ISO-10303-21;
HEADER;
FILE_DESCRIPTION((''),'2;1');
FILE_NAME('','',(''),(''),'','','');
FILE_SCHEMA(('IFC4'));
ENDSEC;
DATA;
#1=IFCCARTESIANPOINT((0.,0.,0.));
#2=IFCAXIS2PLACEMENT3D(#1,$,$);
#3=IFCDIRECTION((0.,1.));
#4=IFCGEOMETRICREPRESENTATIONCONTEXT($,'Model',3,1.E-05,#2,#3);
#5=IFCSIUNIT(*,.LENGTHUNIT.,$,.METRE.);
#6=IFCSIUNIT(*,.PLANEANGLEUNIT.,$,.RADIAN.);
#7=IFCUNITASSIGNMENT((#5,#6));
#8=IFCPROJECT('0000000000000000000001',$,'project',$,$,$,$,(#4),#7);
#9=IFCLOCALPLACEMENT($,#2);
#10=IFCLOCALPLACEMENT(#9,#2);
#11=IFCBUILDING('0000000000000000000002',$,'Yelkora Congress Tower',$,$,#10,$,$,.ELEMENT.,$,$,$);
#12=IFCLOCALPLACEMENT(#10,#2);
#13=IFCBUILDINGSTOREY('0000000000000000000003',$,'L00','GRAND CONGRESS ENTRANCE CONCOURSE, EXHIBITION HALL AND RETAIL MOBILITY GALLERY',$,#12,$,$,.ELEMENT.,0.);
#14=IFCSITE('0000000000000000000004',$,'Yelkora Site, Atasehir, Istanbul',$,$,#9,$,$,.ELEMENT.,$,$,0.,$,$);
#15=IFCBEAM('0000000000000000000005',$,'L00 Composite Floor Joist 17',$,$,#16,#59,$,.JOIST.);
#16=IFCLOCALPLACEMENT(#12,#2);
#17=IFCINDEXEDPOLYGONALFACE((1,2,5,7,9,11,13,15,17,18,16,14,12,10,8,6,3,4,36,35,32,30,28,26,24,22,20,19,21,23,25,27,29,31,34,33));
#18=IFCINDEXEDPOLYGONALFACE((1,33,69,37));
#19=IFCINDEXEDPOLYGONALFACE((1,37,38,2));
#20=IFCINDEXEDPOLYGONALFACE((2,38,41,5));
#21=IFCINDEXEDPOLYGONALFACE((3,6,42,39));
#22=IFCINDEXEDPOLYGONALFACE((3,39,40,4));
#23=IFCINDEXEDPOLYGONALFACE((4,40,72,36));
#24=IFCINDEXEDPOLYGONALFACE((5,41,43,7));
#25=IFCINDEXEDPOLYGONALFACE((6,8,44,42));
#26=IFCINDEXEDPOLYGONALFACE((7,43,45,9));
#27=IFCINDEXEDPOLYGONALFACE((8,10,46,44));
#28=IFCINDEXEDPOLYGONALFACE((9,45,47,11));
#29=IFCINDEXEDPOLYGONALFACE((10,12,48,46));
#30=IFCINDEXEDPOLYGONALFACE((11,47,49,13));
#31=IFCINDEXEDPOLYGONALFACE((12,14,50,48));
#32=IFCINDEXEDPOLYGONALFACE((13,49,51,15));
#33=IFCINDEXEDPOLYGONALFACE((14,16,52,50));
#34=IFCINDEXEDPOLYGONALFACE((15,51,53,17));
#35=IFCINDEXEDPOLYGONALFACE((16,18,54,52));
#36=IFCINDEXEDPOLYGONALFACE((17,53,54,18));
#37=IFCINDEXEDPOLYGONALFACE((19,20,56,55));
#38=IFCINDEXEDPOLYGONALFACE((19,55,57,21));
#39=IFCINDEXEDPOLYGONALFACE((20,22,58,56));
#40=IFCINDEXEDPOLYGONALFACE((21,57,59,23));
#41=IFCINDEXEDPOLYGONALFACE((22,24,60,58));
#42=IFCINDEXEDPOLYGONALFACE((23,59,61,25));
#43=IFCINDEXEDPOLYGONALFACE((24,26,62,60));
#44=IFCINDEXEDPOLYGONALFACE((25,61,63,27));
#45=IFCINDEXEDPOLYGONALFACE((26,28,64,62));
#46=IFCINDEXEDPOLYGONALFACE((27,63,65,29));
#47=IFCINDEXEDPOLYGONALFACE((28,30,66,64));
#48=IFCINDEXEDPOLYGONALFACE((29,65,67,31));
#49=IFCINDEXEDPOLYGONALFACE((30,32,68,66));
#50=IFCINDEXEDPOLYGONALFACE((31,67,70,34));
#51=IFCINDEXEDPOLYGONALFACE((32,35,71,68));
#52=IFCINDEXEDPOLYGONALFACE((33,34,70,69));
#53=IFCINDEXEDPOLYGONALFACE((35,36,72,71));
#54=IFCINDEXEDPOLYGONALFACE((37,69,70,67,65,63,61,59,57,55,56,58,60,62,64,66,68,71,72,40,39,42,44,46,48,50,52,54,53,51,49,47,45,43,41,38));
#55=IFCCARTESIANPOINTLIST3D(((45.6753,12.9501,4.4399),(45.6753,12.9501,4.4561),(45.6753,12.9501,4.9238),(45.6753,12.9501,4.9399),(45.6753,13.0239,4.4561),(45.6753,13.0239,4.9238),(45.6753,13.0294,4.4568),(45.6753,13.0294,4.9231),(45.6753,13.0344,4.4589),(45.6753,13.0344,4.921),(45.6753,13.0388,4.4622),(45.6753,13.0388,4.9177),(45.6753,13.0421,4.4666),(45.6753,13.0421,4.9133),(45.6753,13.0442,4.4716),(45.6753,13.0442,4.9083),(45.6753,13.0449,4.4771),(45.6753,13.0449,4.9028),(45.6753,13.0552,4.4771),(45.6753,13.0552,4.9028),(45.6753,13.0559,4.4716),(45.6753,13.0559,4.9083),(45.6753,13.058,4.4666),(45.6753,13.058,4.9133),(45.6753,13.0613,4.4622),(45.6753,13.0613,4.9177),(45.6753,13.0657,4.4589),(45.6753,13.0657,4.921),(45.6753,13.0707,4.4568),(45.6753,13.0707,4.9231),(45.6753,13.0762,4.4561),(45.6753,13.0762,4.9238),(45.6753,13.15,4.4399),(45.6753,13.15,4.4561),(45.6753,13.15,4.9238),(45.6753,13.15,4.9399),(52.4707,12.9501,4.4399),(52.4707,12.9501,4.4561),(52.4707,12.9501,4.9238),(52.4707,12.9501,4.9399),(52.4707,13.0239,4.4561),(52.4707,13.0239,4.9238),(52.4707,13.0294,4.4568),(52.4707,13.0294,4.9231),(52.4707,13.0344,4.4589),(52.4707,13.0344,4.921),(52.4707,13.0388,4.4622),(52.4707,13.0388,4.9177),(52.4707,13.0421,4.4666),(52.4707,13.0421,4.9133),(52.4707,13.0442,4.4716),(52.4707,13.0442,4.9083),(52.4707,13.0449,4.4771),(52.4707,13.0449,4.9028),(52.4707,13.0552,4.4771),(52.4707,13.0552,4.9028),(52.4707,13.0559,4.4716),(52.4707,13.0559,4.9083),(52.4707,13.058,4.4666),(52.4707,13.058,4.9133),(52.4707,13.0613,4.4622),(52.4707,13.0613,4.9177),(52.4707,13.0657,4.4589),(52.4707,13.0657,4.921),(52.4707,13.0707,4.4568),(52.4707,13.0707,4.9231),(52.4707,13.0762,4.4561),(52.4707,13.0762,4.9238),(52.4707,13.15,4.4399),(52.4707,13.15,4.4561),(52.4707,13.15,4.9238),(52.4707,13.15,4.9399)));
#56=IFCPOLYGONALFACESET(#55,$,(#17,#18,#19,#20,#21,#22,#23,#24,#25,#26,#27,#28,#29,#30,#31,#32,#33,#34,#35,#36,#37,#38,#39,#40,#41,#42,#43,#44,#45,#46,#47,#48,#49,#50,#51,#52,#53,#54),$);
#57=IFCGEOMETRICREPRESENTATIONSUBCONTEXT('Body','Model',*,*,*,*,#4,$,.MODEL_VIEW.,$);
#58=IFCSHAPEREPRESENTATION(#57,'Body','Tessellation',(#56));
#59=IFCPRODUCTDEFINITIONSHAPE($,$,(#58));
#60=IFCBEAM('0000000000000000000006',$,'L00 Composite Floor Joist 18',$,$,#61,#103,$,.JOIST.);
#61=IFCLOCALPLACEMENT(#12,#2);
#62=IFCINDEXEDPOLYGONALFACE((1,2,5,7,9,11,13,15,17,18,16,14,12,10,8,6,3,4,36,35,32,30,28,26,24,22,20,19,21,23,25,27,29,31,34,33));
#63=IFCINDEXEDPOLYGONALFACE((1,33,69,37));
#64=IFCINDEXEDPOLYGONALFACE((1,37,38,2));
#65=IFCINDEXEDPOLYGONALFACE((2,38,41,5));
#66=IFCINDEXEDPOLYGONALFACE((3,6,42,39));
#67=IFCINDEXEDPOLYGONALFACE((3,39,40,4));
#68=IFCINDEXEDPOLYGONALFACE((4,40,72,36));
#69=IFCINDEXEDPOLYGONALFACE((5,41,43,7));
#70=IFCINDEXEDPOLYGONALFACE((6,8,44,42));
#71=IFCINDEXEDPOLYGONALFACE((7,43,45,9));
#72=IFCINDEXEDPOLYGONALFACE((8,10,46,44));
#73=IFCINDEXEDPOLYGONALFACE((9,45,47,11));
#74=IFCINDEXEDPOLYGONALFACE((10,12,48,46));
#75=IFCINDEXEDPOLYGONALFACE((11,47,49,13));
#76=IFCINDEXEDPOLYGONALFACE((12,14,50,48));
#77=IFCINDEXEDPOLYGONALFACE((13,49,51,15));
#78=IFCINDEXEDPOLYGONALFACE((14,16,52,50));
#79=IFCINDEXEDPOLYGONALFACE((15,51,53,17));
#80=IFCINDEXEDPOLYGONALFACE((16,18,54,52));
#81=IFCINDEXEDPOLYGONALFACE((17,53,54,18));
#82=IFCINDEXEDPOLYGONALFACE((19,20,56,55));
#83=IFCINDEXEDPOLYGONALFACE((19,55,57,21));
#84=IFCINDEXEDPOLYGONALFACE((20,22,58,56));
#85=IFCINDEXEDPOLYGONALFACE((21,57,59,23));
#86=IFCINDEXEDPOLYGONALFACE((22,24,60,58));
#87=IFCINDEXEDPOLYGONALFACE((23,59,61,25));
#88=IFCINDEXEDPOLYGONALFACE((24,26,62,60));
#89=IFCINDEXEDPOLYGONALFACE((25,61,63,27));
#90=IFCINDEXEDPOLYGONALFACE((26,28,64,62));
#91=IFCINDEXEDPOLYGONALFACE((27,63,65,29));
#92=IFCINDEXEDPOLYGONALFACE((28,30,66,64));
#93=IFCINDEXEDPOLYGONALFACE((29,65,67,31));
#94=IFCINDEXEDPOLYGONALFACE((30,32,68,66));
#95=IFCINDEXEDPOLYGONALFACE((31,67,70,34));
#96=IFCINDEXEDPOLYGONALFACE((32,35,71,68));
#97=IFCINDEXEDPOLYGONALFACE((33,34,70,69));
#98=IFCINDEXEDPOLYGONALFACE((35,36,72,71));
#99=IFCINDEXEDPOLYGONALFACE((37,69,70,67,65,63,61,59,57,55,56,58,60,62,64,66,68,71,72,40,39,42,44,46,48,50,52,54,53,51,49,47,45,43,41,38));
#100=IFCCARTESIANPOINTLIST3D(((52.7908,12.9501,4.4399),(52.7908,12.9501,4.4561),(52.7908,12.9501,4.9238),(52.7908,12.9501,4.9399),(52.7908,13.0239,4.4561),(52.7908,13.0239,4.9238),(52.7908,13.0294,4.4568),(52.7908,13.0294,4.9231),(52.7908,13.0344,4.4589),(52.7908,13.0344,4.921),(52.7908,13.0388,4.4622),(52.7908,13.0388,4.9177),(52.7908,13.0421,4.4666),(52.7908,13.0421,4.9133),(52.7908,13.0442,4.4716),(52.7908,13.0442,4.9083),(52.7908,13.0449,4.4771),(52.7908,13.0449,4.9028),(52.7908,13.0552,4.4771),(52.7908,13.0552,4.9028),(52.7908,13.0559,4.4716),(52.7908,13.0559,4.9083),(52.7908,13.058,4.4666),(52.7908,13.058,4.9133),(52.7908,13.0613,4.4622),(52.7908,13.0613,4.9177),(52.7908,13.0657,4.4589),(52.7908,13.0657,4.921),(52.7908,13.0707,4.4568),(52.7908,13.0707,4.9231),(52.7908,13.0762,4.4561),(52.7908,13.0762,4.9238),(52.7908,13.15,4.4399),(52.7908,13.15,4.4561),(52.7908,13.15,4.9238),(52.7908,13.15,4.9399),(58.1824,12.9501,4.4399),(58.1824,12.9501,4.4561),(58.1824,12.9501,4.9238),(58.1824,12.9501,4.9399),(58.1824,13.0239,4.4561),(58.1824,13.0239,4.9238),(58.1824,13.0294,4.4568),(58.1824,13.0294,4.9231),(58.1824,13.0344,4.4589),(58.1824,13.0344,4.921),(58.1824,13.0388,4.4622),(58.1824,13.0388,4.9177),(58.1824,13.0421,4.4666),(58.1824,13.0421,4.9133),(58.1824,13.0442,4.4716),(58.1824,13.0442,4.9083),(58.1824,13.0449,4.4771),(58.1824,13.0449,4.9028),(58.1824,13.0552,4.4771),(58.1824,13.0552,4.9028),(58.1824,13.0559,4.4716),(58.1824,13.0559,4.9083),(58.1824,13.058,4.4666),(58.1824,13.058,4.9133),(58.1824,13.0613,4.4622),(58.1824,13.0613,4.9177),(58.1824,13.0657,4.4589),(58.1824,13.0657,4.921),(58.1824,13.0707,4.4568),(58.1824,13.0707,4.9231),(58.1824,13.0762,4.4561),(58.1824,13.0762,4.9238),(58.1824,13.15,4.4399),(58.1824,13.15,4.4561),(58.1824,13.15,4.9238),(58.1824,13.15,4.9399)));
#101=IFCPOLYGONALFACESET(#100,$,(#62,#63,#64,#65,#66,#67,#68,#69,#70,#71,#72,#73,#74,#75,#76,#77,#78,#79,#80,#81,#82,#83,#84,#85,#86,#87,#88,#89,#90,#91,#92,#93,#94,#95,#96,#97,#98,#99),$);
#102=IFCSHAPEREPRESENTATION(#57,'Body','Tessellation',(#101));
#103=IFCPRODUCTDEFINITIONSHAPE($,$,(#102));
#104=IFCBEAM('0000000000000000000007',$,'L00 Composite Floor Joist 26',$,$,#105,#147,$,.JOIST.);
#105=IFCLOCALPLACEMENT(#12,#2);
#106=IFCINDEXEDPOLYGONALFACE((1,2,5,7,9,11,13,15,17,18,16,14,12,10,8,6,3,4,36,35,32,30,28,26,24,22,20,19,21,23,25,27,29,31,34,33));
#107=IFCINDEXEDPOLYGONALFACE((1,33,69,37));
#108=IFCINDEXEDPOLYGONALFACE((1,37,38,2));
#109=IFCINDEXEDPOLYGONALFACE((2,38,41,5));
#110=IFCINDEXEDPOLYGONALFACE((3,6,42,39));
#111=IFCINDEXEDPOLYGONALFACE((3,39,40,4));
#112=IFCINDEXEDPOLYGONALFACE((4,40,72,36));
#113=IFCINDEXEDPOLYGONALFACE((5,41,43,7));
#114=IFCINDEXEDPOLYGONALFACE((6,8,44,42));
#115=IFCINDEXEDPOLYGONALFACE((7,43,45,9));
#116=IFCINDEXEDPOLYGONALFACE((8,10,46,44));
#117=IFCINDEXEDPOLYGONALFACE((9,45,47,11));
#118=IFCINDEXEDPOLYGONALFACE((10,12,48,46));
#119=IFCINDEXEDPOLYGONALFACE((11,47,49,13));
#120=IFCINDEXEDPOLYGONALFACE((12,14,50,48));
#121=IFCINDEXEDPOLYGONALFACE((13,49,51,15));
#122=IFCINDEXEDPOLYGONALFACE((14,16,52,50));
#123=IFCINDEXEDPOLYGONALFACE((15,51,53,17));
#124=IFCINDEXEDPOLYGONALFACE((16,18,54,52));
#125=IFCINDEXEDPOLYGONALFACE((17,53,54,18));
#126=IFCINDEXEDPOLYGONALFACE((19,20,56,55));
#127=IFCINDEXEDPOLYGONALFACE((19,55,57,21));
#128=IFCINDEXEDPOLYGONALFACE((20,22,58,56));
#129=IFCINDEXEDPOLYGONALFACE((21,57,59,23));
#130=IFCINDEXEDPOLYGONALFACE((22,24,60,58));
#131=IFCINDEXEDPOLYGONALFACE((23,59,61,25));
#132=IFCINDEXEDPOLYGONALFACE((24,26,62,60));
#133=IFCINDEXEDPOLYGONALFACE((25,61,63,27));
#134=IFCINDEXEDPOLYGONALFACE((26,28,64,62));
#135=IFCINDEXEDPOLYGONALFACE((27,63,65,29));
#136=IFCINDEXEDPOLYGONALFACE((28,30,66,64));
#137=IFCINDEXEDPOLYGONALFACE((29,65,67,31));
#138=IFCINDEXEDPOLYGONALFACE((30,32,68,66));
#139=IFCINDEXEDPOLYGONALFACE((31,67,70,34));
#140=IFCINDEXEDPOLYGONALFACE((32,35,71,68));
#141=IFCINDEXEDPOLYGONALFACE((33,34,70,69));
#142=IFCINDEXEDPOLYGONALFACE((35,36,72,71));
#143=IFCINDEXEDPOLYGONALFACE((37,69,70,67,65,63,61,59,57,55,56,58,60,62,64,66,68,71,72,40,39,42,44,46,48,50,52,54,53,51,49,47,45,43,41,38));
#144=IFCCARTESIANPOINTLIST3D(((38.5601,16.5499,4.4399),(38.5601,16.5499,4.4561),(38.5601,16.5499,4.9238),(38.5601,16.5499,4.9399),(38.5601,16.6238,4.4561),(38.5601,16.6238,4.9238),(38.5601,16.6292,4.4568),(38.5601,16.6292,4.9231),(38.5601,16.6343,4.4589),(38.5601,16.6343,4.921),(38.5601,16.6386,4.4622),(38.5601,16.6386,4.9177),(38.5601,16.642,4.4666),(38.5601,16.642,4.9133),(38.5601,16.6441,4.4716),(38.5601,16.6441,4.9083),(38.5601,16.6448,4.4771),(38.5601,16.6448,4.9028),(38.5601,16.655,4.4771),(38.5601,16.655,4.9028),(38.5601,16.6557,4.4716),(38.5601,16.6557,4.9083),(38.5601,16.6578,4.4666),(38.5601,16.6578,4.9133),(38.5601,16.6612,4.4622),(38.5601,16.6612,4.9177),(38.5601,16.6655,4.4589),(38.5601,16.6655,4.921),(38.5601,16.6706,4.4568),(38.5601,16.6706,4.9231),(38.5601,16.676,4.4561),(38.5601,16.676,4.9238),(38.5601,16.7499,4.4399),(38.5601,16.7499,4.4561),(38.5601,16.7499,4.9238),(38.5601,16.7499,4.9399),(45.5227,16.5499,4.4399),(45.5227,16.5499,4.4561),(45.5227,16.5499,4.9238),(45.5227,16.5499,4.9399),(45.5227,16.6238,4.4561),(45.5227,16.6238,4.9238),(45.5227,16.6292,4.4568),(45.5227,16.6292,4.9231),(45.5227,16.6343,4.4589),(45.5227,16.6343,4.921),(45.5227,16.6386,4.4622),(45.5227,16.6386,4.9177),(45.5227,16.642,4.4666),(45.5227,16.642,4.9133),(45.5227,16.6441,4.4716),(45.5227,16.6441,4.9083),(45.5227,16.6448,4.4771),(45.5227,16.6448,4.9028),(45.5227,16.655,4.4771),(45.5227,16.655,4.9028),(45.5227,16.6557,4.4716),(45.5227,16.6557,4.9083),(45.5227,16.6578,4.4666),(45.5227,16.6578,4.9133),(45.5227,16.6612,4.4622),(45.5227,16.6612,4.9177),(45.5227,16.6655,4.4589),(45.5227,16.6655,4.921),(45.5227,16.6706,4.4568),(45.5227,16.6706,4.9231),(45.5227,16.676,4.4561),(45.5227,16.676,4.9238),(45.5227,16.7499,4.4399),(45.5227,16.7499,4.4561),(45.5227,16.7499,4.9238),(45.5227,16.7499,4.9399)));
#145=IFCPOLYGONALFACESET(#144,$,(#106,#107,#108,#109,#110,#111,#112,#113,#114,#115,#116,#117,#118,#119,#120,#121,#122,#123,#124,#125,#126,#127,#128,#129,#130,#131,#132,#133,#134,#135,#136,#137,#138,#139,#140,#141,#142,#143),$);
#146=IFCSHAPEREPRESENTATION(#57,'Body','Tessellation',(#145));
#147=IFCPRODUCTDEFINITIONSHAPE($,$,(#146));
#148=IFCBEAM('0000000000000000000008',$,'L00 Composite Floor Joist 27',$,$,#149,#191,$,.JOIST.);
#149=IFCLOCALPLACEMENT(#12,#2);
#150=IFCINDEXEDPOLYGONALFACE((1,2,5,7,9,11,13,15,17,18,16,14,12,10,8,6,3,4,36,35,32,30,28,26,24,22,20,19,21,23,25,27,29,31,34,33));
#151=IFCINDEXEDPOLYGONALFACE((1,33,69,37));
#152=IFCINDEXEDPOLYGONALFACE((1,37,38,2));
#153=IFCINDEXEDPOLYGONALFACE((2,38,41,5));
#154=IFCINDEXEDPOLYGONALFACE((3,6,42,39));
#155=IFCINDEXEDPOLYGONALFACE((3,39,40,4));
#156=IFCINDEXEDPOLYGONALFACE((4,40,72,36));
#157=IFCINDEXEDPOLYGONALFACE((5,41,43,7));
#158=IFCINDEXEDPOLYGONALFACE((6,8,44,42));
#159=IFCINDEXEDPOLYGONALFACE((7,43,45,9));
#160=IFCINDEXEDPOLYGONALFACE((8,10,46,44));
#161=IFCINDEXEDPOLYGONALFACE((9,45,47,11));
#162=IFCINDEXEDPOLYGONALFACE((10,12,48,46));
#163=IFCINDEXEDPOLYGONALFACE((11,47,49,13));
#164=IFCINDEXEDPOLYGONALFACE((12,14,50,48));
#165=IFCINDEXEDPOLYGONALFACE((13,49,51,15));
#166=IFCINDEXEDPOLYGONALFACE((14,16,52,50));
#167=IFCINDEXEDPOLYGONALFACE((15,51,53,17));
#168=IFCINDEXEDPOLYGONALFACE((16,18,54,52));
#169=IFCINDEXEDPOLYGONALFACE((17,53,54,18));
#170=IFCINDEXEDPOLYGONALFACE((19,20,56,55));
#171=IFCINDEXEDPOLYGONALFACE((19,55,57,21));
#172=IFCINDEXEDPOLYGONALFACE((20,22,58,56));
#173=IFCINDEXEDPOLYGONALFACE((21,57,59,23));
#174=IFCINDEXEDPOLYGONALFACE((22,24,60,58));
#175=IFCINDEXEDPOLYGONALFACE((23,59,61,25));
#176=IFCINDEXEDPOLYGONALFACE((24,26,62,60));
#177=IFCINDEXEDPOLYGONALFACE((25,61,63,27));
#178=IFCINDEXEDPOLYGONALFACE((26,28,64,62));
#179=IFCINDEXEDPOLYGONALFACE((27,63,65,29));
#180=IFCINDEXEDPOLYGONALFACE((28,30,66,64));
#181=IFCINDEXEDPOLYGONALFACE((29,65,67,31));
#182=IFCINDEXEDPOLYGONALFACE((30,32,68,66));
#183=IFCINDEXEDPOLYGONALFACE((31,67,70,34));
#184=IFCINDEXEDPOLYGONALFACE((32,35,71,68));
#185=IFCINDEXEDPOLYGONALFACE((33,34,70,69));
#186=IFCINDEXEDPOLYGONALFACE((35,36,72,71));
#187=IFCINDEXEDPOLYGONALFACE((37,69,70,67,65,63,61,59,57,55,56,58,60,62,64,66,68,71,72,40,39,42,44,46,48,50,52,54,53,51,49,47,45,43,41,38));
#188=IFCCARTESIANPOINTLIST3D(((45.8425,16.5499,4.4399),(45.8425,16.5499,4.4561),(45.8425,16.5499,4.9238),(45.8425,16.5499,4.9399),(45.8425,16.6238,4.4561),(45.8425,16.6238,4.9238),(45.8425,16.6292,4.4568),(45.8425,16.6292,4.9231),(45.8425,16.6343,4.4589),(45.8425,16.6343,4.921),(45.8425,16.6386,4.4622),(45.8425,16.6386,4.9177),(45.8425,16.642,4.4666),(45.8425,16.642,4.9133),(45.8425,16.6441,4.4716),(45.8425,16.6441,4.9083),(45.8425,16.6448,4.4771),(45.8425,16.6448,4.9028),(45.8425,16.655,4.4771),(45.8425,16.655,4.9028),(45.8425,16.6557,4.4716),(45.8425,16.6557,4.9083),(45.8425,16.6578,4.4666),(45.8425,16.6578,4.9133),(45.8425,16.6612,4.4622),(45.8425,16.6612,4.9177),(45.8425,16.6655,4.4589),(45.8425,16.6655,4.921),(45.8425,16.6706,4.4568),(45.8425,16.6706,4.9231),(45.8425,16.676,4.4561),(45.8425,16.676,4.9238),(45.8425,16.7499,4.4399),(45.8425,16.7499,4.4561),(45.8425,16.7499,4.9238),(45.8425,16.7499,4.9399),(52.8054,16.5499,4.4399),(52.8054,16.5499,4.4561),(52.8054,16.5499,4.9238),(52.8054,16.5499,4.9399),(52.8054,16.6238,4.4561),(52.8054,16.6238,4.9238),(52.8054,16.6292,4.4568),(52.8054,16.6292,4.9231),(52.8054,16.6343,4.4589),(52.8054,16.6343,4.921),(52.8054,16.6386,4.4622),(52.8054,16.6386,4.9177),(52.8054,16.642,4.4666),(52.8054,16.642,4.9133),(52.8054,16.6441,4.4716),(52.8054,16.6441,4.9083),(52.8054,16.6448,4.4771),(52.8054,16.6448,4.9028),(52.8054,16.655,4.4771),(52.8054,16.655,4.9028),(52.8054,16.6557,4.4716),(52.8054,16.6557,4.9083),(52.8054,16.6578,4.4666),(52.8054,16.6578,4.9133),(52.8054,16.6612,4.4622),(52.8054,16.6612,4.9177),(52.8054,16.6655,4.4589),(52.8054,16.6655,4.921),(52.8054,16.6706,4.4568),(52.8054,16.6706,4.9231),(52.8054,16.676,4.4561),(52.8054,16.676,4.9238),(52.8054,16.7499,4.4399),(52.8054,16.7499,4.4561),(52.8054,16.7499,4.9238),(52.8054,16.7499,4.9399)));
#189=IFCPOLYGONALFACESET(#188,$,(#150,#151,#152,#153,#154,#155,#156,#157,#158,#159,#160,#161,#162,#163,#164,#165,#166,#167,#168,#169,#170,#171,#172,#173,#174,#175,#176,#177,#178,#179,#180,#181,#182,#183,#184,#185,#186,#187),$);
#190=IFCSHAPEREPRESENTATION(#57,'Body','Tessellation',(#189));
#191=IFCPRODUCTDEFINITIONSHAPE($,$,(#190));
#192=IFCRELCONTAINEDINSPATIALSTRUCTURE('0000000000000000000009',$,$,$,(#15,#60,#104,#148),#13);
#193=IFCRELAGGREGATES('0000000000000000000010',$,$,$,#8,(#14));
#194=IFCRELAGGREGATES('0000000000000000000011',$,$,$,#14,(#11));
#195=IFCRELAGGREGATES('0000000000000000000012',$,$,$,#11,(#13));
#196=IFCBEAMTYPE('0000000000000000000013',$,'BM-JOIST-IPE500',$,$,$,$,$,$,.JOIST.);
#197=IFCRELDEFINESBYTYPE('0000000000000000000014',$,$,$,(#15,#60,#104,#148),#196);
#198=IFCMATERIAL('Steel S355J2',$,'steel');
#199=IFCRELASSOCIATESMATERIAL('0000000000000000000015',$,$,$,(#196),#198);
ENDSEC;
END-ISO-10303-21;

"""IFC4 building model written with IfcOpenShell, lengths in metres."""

from ifc_helpers import new_model, si_unit, direction, frame, origin, origin_2d, place, context, subcontext, project, spatial, i_section, extrude, material, material_profile, profile_set, type_object, element, save


model = new_model("IFC4")

# Units and contexts
model_context = context("Model", 3, precision=1e-05, world=origin(), true_north=direction((0.0, 1.0)))
body_context = subcontext(model_context, "Body", "Model", "MODEL_VIEW")
ifc_project = project(units=[si_unit("LENGTHUNIT", "METRE"), si_unit("PLANEANGLEUNIT", "RADIAN")], contexts=[model_context])

# Site, building, storey
site_placement = place(None, origin())
site = spatial("IfcSite", under=ifc_project, at=site_placement, Name="Yelkora Site, Atasehir, Istanbul", CompositionType="ELEMENT", RefElevation=0.0)
building_placement = place(site_placement, origin())
building = spatial("IfcBuilding", under=site, at=building_placement, Name="Yelkora Congress Tower", CompositionType="ELEMENT")
storey_placement = place(building_placement, origin())
storey = spatial("IfcBuildingStorey", under=building, at=storey_placement, Name="L00", Description="GRAND CONGRESS ENTRANCE CONCOURSE, EXHIBITION HALL AND RETAIL MOBILITY GALLERY", CompositionType="ELEMENT", Elevation=0.0)

# Beams
ifc_material_1 = material(Name="Steel S355J2", Category="steel")
ifc_material_profile_1 = material_profile(ifc_material_1, i_section(OverallWidth=0.2, OverallDepth=0.5, WebThickness=0.0103, FlangeThickness=0.0161, FilletRadius=0.021, at=origin_2d()), Name="IPE 500")
ifc_profile_set_1 = profile_set([ifc_material_profile_1], Name="Steel S355J2")
beam_type_1 = type_object("IfcBeamType", Name="BM-JOIST-IPE500", PredefinedType="JOIST", material=ifc_profile_set_1)
beam_1_placement = place(storey_placement, frame((45.6753, 13.05, 4.6899), z_axis=(1.0, 0.0, 0.0), x_axis=(0.0, 1.0, 0.0)))
element("IfcBeam", 1, at=beam_1_placement, inside=storey, type_object=beam_type_1, Name="L00 Composite Floor Joist 17", PredefinedType="JOIST", context=body_context, shape_type="SweptSolid", body=[
    extrude(i_section(OverallWidth=0.2, OverallDepth=0.5, WebThickness=0.0103, FlangeThickness=0.0161, FilletRadius=0.021, at=origin_2d()), origin(), (0.0, 0.0, 1.0), 6.7954),
])
beam_2_placement = place(storey_placement, frame((52.7908, 13.05, 4.6899), z_axis=(1.0, 0.0, 0.0), x_axis=(0.0, 1.0, 0.0)))
element("IfcBeam", 2, at=beam_2_placement, inside=storey, type_object=beam_type_1, Name="L00 Composite Floor Joist 18", PredefinedType="JOIST", context=body_context, shape_type="SweptSolid", body=[
    extrude(i_section(OverallWidth=0.2, OverallDepth=0.5, WebThickness=0.0103, FlangeThickness=0.0161, FilletRadius=0.021, at=origin_2d()), origin(), (0.0, 0.0, 1.0), 5.3916),
])
beam_3_placement = place(storey_placement, frame((38.5601, 16.6499, 4.6899), z_axis=(1.0, 0.0, 0.0), x_axis=(0.0, 1.0, 0.0)))
element("IfcBeam", 3, at=beam_3_placement, inside=storey, type_object=beam_type_1, Name="L00 Composite Floor Joist 26", PredefinedType="JOIST", context=body_context, shape_type="SweptSolid", body=[
    extrude(i_section(OverallWidth=0.2, OverallDepth=0.5, WebThickness=0.0103, FlangeThickness=0.0161, FilletRadius=0.021, at=origin_2d()), origin(), (0.0, 0.0, 1.0), 6.9626),
])
beam_4_placement = place(storey_placement, frame((45.8425, 16.6499, 4.6899), z_axis=(1.0, 0.0, 0.0), x_axis=(0.0, 1.0, 0.0)))
element("IfcBeam", 4, at=beam_4_placement, inside=storey, type_object=beam_type_1, Name="L00 Composite Floor Joist 27", PredefinedType="JOIST", context=body_context, shape_type="SweptSolid", body=[
    extrude(i_section(OverallWidth=0.2, OverallDepth=0.5, WebThickness=0.0103, FlangeThickness=0.0161, FilletRadius=0.021, at=origin_2d()), origin(), (0.0, 0.0, 1.0), 6.9629),
])

save(model, "model.ifc")
